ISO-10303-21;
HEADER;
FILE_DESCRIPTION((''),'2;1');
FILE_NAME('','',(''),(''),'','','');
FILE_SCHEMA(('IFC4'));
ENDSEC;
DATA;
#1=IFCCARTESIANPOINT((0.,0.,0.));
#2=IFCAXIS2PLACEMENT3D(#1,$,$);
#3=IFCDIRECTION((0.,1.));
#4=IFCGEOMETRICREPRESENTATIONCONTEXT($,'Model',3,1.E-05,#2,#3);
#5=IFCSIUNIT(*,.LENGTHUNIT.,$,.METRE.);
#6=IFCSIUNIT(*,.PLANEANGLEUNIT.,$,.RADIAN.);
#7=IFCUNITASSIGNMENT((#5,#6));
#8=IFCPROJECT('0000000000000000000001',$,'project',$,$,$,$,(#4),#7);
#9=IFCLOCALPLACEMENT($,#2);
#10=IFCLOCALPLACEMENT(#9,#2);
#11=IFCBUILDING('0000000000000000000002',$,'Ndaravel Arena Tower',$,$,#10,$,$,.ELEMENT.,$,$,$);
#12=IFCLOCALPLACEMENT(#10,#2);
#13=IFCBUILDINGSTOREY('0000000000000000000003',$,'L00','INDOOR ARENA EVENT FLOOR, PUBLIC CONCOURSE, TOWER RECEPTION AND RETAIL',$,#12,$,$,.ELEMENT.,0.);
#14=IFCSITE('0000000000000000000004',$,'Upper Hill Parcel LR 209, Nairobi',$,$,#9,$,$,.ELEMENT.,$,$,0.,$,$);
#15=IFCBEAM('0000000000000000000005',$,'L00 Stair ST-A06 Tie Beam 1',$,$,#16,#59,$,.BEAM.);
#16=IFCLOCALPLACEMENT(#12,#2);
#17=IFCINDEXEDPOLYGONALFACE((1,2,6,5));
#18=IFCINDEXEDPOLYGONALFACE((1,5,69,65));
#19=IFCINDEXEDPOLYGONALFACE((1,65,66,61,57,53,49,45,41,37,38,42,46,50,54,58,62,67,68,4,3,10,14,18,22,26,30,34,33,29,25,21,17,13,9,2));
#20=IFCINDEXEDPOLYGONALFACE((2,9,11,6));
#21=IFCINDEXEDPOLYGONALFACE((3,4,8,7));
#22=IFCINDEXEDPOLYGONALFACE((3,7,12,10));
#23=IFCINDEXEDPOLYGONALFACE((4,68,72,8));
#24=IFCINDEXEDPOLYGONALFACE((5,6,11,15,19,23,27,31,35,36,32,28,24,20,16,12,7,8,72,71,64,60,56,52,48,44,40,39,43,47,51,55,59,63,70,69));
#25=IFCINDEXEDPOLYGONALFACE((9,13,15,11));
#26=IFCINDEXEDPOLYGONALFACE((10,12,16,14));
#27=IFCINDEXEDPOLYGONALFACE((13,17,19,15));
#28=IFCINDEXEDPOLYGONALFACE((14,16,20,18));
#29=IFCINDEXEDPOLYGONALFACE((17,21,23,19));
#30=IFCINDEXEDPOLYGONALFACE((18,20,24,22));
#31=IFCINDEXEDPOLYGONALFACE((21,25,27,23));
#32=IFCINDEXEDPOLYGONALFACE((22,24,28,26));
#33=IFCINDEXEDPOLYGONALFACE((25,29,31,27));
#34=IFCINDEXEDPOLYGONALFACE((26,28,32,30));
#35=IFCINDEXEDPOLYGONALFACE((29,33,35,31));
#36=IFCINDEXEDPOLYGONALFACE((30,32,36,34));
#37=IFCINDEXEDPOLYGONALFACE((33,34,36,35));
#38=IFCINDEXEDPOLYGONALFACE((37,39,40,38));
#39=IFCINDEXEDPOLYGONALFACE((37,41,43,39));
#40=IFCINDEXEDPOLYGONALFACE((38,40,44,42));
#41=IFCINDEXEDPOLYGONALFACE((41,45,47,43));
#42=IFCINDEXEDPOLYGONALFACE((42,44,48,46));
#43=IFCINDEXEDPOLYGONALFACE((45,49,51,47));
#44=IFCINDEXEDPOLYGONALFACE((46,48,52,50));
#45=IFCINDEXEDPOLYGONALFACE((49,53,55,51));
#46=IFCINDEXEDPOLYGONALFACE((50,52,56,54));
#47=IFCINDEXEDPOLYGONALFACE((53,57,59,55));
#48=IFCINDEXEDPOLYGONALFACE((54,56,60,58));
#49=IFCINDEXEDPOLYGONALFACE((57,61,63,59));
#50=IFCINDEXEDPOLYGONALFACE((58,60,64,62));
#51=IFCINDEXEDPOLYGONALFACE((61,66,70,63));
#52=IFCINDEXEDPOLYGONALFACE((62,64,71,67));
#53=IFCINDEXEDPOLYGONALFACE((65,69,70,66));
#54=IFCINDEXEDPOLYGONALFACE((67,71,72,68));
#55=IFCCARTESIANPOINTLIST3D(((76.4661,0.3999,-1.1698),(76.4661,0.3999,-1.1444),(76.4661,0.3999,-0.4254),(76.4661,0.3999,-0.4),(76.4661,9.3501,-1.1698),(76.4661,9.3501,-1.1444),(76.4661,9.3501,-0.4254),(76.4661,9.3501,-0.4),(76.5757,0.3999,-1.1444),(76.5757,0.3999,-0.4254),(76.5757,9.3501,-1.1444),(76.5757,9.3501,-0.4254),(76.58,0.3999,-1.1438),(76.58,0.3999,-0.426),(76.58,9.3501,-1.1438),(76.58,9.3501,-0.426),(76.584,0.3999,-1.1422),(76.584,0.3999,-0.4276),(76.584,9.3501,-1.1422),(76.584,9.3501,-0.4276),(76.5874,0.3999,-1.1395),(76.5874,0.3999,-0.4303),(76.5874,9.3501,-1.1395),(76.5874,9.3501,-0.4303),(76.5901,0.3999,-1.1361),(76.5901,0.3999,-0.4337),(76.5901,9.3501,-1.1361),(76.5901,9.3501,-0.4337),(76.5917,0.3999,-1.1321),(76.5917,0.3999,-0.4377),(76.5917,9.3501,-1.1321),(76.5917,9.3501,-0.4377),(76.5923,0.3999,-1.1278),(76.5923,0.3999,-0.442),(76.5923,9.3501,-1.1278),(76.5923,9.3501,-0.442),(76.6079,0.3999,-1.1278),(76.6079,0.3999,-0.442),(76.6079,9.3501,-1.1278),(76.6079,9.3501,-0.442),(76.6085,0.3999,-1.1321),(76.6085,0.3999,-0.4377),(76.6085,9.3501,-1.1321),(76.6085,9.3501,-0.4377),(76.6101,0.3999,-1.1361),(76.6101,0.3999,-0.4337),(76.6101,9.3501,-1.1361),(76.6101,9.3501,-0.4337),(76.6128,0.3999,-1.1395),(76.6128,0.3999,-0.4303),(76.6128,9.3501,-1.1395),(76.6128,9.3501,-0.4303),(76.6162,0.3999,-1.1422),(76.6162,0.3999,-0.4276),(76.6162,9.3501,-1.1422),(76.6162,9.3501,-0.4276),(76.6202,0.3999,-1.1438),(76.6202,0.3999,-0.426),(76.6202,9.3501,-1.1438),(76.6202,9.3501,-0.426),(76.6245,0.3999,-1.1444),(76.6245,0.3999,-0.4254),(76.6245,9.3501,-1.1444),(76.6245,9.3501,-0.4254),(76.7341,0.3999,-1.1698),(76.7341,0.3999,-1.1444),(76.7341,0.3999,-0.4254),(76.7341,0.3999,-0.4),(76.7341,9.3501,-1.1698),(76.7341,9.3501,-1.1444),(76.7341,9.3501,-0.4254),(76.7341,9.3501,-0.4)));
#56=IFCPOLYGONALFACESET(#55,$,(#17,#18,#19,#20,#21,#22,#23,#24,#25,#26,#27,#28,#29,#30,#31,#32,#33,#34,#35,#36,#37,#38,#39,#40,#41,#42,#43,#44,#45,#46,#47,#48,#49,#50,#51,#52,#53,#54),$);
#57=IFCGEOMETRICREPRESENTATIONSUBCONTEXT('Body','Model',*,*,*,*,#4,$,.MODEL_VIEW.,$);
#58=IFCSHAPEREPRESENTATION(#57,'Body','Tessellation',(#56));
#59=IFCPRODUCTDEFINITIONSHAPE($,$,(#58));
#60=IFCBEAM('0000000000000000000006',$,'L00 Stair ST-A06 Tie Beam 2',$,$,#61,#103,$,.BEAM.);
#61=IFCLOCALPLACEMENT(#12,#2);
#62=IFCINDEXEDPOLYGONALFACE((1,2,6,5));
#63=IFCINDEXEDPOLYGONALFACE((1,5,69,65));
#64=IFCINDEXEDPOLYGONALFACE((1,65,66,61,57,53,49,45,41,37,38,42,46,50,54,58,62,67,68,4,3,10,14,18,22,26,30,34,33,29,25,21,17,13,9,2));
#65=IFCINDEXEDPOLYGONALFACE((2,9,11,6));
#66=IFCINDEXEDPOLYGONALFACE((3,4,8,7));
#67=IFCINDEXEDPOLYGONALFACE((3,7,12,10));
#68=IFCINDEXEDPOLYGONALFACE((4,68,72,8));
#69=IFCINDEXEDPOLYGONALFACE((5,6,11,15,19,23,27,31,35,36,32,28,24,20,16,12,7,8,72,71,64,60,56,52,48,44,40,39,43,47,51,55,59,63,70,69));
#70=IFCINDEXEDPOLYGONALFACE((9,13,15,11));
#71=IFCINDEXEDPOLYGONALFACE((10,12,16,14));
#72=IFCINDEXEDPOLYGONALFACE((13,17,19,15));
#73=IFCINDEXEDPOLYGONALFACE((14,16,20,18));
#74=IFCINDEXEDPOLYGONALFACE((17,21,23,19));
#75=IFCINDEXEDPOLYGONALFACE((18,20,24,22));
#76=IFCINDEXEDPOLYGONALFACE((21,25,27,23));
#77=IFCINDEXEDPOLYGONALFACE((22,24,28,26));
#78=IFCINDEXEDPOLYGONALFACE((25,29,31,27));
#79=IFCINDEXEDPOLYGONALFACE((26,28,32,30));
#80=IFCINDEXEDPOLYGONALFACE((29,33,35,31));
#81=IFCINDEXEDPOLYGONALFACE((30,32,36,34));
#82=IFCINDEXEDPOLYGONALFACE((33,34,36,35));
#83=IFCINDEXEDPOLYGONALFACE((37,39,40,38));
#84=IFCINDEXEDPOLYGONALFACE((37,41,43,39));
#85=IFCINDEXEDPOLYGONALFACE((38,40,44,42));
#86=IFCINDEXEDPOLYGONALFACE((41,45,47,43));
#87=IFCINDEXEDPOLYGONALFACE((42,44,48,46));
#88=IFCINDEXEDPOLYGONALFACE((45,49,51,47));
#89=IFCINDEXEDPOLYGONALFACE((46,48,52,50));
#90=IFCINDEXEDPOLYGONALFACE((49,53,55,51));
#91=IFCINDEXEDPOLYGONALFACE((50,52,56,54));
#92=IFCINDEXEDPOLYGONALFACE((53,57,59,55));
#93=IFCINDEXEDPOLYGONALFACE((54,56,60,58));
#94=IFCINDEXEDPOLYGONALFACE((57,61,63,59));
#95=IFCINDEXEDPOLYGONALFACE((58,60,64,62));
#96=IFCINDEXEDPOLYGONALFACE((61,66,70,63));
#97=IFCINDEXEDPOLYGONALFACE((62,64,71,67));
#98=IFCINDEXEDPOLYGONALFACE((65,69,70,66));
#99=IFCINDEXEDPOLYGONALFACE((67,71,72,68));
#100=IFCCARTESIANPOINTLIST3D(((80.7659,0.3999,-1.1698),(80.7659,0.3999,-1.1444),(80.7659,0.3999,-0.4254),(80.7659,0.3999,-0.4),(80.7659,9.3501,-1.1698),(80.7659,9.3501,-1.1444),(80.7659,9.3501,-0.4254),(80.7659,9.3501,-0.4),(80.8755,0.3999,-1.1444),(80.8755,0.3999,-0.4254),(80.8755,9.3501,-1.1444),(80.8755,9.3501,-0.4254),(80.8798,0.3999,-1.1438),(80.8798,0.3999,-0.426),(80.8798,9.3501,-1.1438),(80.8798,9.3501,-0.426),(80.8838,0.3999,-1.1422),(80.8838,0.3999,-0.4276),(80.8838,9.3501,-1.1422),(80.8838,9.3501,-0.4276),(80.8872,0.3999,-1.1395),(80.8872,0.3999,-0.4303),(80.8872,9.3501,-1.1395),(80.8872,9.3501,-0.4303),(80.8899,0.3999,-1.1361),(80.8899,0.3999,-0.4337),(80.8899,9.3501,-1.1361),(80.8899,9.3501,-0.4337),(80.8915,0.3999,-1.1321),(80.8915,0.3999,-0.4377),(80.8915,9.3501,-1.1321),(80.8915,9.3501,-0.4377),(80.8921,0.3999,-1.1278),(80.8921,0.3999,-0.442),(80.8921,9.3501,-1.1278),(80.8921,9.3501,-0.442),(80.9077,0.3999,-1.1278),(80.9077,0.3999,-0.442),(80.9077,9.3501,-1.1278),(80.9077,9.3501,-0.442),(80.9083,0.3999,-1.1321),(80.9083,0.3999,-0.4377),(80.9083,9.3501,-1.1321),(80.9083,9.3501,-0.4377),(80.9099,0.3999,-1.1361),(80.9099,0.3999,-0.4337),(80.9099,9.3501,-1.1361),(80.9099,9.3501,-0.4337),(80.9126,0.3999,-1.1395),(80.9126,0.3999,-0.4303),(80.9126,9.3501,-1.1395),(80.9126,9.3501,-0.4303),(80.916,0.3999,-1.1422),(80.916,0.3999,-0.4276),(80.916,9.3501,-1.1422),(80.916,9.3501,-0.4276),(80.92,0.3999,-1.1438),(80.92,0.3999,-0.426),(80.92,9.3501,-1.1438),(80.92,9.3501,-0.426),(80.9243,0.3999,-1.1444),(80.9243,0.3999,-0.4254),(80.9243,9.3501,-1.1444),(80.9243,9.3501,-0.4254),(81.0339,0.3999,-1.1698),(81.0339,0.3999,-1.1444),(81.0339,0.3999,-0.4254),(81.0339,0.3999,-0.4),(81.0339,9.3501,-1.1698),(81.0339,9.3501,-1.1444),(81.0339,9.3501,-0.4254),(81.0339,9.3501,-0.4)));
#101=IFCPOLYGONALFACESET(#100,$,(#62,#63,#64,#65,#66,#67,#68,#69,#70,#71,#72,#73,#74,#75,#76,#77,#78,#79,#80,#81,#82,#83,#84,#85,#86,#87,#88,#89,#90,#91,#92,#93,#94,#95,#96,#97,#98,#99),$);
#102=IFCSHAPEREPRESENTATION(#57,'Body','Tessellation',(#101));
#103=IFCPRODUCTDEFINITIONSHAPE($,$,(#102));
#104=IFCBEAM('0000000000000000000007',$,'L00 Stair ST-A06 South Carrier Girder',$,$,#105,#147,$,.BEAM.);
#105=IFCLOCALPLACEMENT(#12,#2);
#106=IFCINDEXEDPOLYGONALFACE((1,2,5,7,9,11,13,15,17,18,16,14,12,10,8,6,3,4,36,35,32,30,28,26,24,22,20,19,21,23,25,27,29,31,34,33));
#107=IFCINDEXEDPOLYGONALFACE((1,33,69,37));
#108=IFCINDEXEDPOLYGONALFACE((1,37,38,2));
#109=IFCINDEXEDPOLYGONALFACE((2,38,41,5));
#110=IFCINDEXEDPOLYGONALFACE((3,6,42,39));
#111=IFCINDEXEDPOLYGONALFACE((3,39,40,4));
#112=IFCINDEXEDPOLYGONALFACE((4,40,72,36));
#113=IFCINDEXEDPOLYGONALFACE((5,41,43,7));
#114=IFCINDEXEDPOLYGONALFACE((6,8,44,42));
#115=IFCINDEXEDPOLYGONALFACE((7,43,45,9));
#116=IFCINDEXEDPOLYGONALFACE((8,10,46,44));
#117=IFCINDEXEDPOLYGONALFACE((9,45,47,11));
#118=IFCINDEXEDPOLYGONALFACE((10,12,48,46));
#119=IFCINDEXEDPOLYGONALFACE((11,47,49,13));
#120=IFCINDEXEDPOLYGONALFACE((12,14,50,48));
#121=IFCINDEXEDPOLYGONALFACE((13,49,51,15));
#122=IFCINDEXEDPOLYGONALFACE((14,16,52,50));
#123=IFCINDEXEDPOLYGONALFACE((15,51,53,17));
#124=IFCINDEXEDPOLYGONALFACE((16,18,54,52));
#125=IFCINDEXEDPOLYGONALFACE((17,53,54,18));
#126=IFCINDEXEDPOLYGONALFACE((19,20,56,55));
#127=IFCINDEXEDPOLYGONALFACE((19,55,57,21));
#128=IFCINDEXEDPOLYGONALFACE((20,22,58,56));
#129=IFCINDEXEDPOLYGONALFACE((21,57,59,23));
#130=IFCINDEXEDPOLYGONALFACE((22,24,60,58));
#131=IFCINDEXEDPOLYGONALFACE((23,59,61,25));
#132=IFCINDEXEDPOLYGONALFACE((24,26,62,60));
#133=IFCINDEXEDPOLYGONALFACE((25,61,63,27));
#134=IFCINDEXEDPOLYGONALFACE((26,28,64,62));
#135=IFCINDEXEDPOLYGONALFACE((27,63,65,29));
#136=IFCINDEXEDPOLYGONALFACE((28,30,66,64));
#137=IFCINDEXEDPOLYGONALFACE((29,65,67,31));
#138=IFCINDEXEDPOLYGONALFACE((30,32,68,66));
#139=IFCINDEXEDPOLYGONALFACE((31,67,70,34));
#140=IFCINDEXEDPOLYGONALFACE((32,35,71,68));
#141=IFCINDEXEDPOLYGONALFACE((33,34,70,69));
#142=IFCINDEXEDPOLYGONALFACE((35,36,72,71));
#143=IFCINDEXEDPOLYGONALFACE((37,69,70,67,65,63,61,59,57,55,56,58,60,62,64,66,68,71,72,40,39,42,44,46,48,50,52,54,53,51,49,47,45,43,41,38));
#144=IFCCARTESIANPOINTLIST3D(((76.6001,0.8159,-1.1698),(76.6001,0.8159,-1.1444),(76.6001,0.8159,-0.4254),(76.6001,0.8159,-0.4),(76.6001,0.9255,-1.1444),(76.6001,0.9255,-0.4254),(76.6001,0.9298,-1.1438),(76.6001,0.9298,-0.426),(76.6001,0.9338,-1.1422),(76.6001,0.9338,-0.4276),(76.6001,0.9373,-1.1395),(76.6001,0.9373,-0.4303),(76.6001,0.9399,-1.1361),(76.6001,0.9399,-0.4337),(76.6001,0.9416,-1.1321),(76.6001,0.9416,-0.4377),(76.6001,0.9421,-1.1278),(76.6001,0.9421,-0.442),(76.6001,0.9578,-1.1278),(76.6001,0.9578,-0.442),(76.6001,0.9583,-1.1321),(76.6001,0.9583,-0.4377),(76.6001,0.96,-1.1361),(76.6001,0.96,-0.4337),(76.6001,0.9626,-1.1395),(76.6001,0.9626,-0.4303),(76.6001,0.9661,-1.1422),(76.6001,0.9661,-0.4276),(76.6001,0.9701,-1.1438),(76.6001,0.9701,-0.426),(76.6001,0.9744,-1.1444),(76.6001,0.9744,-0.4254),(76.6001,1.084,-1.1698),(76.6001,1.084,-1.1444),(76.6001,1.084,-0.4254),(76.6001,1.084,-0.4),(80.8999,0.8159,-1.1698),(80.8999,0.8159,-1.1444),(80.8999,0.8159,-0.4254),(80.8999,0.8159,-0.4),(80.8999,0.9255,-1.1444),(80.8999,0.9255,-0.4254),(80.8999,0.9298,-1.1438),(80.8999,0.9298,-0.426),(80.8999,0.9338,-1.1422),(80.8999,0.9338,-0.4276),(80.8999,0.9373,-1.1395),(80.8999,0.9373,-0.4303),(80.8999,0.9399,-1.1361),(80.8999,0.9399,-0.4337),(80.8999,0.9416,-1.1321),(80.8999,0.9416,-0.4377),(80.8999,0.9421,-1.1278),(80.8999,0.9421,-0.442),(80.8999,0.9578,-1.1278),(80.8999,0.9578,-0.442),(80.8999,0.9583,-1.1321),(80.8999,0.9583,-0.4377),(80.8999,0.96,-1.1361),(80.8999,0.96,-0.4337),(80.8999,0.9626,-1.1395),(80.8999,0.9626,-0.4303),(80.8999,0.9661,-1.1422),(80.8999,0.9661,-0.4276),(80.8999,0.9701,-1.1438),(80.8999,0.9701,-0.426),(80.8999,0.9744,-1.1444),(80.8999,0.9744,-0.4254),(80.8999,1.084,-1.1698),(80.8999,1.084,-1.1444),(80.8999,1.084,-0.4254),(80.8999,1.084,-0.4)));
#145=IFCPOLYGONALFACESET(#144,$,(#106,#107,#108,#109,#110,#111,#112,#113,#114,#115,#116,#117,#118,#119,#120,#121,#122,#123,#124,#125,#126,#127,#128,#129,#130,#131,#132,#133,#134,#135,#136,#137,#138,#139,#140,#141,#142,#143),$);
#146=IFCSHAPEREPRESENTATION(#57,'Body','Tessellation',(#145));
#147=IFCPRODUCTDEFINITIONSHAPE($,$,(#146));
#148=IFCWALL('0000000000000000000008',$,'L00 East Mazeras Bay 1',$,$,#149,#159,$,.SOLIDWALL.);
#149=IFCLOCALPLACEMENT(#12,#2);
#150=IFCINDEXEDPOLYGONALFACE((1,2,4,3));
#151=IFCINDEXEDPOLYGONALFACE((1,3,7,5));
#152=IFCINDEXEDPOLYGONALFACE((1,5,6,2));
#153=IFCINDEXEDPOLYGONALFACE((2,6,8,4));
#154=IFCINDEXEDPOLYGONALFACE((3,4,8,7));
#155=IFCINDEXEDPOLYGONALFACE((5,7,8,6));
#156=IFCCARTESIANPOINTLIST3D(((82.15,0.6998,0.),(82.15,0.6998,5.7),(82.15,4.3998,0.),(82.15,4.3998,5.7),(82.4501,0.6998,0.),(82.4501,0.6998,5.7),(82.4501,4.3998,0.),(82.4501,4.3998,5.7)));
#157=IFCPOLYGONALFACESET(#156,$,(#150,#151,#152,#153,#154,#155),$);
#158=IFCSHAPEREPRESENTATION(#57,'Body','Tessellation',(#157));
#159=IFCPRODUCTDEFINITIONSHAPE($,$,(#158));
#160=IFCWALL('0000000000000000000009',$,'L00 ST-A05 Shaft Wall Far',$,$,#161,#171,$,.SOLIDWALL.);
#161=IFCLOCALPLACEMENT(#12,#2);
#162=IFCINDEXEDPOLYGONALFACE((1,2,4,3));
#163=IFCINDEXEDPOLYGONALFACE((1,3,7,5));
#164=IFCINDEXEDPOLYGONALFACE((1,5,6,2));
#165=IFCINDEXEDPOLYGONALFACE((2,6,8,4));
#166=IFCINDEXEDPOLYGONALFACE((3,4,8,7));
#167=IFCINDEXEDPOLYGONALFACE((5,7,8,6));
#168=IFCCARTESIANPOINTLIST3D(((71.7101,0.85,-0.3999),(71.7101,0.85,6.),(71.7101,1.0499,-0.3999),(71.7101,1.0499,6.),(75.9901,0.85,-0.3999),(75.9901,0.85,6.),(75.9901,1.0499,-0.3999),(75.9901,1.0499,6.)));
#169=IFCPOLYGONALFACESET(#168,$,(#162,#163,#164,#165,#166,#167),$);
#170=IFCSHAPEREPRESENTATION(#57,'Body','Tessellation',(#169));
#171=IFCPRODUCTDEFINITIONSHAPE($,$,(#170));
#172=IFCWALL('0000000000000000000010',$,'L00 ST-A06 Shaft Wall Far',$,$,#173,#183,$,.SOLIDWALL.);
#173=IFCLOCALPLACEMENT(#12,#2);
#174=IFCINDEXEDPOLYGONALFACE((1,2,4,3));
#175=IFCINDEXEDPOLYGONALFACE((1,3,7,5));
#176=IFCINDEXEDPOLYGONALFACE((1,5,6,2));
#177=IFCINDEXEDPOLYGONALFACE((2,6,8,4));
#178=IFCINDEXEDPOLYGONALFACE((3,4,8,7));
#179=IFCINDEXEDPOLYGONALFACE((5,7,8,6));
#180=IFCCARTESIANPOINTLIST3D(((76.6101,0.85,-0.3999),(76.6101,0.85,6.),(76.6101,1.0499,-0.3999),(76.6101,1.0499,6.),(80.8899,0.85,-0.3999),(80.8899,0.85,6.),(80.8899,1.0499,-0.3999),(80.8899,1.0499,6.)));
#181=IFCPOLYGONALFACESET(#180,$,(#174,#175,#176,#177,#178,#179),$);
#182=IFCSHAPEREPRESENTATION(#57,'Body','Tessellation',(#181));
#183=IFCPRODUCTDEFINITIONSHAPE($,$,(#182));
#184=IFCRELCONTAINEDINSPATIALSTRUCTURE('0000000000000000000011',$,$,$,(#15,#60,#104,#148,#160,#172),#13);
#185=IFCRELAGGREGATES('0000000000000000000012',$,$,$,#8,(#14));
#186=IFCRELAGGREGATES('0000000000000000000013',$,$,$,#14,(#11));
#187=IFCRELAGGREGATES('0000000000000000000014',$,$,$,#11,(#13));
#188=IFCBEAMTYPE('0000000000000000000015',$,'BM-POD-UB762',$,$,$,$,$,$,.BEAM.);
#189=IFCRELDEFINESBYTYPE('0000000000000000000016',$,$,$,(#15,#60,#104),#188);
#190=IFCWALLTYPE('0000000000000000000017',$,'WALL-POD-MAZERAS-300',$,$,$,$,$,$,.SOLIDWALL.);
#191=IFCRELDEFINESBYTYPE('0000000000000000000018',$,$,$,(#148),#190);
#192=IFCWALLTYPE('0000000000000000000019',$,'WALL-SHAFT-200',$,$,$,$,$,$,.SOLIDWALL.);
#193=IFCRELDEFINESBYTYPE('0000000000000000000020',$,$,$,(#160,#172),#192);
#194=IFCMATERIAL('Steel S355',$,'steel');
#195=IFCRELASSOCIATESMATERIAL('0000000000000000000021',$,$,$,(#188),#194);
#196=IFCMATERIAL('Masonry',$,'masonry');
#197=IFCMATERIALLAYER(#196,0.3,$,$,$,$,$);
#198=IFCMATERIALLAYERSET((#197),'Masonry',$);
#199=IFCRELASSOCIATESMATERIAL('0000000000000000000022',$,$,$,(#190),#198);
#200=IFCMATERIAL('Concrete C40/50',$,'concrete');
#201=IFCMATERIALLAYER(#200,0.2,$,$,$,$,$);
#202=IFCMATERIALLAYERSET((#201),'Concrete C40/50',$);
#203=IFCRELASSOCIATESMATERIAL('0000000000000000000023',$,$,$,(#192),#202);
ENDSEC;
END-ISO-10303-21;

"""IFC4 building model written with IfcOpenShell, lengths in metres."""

from ifc_helpers import new_model, si_unit, direction, frame, frame_2d, origin, origin_2d, place, context, subcontext, project, spatial, rectangle, i_section, extrude, material, layer, layer_set, material_profile, profile_set, type_object, element, save


model = new_model("IFC4")

# Units and contexts
model_context = context("Model", 3, precision=1e-05, world=origin(), true_north=direction((0.0, 1.0)))
body_context = subcontext(model_context, "Body", "Model", "MODEL_VIEW")
ifc_project = project(units=[si_unit("LENGTHUNIT", "METRE"), si_unit("PLANEANGLEUNIT", "RADIAN")], contexts=[model_context])

# Site, building, storey
site_placement = place(None, origin())
site = spatial("IfcSite", under=ifc_project, at=site_placement, Name="Upper Hill Parcel LR 209, Nairobi", CompositionType="ELEMENT", RefElevation=0.0)
building_placement = place(site_placement, origin())
building = spatial("IfcBuilding", under=site, at=building_placement, Name="Ndaravel Arena Tower", CompositionType="ELEMENT")
storey_placement = place(building_placement, origin())
storey = spatial("IfcBuildingStorey", under=building, at=storey_placement, Name="L00", Description="INDOOR ARENA EVENT FLOOR, PUBLIC CONCOURSE, TOWER RECEPTION AND RETAIL", CompositionType="ELEMENT", Elevation=0.0)

# Beams
ifc_material_1 = material(Name="Steel S355", Category="steel")
ifc_material_profile_1 = material_profile(ifc_material_1, i_section(OverallWidth=0.2681, OverallDepth=0.7698, WebThickness=0.0156, FlangeThickness=0.0254, FilletRadius=0.0166, at=origin_2d()), Name="UB 762x267x197")
ifc_profile_set_1 = profile_set([ifc_material_profile_1], Name="Steel S355")
beam_type = type_object("IfcBeamType", Name="BM-POD-UB762", PredefinedType="BEAM", material=ifc_profile_set_1)
for number, where, z_axis, x_axis, name in (
    (1, (76.6001, 0.3999, -0.7849), (0.0, 1.0, 0.0), (-1.0, 0.0, 0.0), "L00 Stair ST-A06 Tie Beam 1"),
    (2, (80.8999, 0.3999, -0.7849), (0.0, 1.0, 0.0), (-1.0, 0.0, 0.0), "L00 Stair ST-A06 Tie Beam 2"),
):
    element("IfcBeam", number, at=place(storey_placement, frame(where, z_axis=z_axis, x_axis=x_axis)), inside=storey, type_object=beam_type, Name=name, PredefinedType="BEAM", context=body_context, shape_type="SweptSolid", body=[
        extrude(i_section(OverallWidth=0.2681, OverallDepth=0.7698, WebThickness=0.0156, FlangeThickness=0.0254, FilletRadius=0.0166, at=origin_2d()), origin(), (0.0, 0.0, 1.0), 8.9502),
    ])
beam_1_placement = place(storey_placement, frame((76.6001, 0.95, -0.7849), z_axis=(1.0, 0.0, 0.0), x_axis=(0.0, 1.0, 0.0)))
element("IfcBeam", 3, at=beam_1_placement, inside=storey, type_object=beam_type, Name="L00 Stair ST-A06 South Carrier Girder", PredefinedType="BEAM", context=body_context, shape_type="SweptSolid", body=[
    extrude(i_section(OverallWidth=0.2681, OverallDepth=0.7698, WebThickness=0.0156, FlangeThickness=0.0254, FilletRadius=0.0166, at=origin_2d()), origin(), (0.0, 0.0, 1.0), 4.2998),
])

# Shared definitions
ifc_material_2 = material(Name="Masonry", Category="masonry")
ifc_layer_1 = layer(ifc_material_2, 0.3)
ifc_layer_set_1 = layer_set([ifc_layer_1], Name="Masonry")
wall_type_1 = type_object("IfcWallType", Name="WALL-POD-MAZERAS-300", PredefinedType="SOLIDWALL", material=ifc_layer_set_1)

# Walls
wall_1_placement = place(storey_placement, frame((82.3, 4.3999, 0.0), z_axis=(0.0, 0.0, 1.0), x_axis=(0.0, -1.0, 0.0)))
element("IfcWall", 4, at=wall_1_placement, inside=storey, type_object=wall_type_1, Name="L00 East Mazeras Bay 1", PredefinedType="SOLIDWALL", context=body_context, shape_type="SweptSolid", body=[
    extrude(rectangle(XDim=3.7, YDim=0.3, at=frame_2d((1.8501, 0.0))), origin(), (0.0, 0.0, 1.0), 5.7),
])
ifc_material_3 = material(Name="Concrete C40/50", Category="concrete")
ifc_layer_2 = layer(ifc_material_3, 0.2)
ifc_layer_set_2 = layer_set([ifc_layer_2], Name="Concrete C40/50")
wall_type_2 = type_object("IfcWallType", Name="WALL-SHAFT-200", PredefinedType="SOLIDWALL", material=ifc_layer_set_2)
wall_2_placement = place(storey_placement, frame((71.71, 0.95, -0.3999), z_axis=(0.0, 0.0, 1.0), x_axis=(1.0, 0.0, 0.0)))
element("IfcWall", 5, at=wall_2_placement, inside=storey, type_object=wall_type_2, Name="L00 ST-A05 Shaft Wall Far", PredefinedType="SOLIDWALL", context=body_context, shape_type="SweptSolid", body=[
    extrude(rectangle(XDim=4.28, YDim=0.2, at=frame_2d((2.1401, 0.0))), origin(), (0.0, 0.0, 1.0), 6.3999),
])
wall_3_placement = place(storey_placement, frame((76.6101, 0.95, -0.3999), z_axis=(0.0, 0.0, 1.0), x_axis=(1.0, 0.0, 0.0)))
element("IfcWall", 6, at=wall_3_placement, inside=storey, type_object=wall_type_2, Name="L00 ST-A06 Shaft Wall Far", PredefinedType="SOLIDWALL", context=body_context, shape_type="SweptSolid", body=[
    extrude(rectangle(XDim=4.2798, YDim=0.2, at=frame_2d((2.1399, 0.0))), origin(), (0.0, 0.0, 1.0), 6.3999),
])

save(model, "model.ifc")
